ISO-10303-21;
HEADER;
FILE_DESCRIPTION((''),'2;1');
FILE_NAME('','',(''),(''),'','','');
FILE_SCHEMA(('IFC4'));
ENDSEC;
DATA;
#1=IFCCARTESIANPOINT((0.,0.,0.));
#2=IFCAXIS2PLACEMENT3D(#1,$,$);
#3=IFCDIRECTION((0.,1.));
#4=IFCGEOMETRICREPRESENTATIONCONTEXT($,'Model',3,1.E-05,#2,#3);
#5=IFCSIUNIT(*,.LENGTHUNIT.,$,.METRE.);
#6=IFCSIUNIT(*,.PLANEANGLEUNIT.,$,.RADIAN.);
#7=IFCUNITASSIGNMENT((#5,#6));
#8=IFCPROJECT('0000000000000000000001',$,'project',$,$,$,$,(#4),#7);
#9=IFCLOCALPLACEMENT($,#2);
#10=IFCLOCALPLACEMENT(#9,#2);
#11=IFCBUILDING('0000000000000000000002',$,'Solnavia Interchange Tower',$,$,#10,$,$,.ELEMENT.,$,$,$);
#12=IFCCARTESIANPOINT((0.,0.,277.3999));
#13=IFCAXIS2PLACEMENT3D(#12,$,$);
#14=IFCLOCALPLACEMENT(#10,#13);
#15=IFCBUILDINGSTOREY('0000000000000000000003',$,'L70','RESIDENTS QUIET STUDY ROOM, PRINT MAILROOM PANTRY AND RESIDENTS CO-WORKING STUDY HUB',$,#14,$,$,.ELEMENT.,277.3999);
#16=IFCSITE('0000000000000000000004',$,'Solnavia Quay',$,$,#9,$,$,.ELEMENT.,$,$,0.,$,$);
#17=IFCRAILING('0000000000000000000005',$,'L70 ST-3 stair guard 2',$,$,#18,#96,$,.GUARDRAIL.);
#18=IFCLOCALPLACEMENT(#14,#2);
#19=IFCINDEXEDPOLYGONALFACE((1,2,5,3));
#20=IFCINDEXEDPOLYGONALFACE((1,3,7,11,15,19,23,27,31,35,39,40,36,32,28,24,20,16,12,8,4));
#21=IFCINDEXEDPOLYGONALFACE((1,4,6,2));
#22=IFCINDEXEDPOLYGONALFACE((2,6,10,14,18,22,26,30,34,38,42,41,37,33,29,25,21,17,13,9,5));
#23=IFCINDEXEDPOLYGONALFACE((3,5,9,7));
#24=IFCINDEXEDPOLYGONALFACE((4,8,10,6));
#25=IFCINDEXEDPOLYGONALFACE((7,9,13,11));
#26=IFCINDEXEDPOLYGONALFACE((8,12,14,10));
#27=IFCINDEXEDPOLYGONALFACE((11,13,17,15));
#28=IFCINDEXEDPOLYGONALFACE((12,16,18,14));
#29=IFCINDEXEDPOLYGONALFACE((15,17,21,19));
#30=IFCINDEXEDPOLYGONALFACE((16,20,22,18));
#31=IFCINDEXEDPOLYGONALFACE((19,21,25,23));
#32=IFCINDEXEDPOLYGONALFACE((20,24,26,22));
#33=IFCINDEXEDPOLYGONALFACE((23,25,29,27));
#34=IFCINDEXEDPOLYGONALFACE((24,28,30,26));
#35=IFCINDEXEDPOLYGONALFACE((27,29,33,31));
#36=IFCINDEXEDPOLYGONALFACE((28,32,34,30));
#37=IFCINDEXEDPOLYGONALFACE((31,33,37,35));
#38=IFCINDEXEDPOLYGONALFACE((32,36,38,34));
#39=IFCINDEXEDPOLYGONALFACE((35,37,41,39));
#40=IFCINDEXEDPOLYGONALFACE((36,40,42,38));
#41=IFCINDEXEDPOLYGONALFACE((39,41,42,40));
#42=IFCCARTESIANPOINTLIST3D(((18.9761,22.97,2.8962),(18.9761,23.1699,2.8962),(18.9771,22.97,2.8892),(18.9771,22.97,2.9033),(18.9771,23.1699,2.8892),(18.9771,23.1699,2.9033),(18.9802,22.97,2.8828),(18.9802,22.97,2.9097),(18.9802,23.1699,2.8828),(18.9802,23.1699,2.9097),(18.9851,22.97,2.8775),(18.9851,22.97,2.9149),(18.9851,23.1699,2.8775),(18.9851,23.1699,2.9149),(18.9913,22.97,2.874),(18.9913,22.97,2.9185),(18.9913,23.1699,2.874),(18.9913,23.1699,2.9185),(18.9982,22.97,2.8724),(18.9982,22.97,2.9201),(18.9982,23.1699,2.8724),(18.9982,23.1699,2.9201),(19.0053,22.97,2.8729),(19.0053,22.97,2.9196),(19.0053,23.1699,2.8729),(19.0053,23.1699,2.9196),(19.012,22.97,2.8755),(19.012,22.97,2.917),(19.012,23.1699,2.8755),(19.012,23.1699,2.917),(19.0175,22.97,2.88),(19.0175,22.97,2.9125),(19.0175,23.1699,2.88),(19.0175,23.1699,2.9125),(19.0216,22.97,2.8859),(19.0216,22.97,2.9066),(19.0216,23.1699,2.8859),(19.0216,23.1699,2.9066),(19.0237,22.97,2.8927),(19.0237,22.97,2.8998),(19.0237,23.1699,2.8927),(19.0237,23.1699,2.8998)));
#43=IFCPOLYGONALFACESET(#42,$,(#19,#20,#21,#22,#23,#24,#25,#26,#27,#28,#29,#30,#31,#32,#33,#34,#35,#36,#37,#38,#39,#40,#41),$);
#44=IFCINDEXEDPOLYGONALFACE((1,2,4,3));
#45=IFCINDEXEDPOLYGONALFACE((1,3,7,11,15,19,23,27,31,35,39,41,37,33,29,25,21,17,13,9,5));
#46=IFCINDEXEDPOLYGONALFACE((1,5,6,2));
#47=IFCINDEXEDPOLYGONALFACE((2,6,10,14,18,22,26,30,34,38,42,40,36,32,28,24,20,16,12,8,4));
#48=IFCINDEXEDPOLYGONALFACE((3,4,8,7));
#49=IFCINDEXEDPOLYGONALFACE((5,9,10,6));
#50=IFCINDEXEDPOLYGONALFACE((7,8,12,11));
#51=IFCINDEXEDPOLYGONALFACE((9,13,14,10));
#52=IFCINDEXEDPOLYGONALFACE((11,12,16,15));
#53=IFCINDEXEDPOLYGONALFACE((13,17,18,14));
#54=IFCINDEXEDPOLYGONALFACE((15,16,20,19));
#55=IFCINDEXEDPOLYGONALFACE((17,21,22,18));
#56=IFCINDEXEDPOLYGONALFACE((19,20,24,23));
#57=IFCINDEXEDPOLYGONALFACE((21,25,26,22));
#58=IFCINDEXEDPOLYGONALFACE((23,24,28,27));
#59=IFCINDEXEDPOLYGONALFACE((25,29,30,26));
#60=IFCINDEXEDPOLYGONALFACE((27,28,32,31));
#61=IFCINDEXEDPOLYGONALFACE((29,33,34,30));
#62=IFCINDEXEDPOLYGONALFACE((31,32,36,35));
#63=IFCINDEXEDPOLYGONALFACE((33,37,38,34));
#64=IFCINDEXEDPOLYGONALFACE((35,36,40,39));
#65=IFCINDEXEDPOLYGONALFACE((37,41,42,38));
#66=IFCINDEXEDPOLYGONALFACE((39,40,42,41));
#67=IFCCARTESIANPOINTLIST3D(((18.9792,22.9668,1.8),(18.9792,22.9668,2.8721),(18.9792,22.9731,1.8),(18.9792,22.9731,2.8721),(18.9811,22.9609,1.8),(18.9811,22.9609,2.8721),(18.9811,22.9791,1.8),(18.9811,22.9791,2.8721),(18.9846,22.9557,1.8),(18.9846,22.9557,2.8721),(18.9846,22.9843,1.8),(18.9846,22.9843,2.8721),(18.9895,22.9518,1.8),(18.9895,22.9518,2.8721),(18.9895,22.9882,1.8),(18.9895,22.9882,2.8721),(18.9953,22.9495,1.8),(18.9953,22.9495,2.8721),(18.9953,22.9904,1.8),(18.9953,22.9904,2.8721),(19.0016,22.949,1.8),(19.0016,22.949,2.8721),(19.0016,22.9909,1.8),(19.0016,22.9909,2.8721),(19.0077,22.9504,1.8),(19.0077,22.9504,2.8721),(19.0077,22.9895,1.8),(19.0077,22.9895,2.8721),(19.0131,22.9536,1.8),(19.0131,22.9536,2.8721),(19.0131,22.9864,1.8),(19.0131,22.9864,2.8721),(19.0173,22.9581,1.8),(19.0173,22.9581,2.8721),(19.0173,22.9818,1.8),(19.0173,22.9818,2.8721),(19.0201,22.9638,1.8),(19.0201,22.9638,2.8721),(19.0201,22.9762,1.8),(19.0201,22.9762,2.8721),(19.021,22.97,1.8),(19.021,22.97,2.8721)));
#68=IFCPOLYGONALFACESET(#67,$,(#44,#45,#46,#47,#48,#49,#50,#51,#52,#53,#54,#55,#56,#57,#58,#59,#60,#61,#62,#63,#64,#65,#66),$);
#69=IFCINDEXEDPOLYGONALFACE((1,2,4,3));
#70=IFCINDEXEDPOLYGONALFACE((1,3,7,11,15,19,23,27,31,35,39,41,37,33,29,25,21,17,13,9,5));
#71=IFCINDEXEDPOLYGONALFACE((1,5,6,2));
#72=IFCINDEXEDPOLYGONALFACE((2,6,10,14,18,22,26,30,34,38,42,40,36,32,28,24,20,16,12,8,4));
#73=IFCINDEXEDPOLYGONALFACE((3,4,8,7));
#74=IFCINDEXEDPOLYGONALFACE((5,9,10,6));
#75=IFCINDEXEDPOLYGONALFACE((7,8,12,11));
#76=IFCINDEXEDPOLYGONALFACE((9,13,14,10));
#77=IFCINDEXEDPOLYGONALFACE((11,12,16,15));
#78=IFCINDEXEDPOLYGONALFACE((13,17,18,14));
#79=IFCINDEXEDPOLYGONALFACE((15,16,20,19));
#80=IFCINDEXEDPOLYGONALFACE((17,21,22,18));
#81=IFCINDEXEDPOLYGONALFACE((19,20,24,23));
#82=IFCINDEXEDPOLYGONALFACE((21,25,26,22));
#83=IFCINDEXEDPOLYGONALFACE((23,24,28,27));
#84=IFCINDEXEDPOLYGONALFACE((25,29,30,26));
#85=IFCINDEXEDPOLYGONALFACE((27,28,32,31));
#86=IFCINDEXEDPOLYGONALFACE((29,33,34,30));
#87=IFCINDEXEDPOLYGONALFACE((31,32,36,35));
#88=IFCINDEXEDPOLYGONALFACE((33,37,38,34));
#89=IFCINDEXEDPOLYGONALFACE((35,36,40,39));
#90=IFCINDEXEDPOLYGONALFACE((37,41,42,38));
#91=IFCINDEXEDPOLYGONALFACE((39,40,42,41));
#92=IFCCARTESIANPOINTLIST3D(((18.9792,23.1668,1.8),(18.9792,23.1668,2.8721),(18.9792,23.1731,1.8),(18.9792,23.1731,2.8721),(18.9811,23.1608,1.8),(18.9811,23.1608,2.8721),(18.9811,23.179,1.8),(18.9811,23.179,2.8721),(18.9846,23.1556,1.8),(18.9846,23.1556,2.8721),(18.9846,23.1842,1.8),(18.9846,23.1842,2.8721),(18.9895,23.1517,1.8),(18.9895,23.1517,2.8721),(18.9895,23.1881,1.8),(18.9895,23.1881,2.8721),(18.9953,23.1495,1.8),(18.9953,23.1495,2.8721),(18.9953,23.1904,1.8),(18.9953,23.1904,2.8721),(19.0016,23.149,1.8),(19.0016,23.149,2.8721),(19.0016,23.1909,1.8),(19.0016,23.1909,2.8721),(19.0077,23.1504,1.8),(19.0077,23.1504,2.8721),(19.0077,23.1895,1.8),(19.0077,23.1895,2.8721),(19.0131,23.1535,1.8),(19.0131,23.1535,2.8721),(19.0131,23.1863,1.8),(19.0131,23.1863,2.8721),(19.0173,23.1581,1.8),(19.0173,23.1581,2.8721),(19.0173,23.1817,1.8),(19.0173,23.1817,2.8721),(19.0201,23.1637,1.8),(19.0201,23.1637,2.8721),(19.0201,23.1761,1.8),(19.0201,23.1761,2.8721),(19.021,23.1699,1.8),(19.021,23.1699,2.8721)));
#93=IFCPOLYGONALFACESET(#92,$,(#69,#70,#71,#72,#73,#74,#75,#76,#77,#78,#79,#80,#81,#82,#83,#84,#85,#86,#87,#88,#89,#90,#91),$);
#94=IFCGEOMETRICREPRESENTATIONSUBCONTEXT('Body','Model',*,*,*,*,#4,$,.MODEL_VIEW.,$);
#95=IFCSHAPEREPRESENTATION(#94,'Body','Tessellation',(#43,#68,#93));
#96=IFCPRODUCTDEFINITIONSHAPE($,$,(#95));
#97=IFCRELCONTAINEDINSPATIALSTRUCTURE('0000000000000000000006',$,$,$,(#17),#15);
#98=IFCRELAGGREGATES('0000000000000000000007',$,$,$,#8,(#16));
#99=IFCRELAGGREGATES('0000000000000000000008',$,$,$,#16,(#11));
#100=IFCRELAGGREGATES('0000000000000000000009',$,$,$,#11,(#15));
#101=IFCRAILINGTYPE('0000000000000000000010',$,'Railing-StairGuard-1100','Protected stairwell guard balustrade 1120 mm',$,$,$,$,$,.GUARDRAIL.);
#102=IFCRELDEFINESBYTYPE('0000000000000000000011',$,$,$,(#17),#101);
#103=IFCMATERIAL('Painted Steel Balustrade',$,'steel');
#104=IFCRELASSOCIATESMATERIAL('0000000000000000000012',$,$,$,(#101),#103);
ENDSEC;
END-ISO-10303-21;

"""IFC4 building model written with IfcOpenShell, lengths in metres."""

from ifc_helpers import new_model, si_unit, direction, frame, origin, origin_2d, place, context, subcontext, project, spatial, circle, extrude, material, type_object, element, save


model = new_model("IFC4")

# Units and contexts
model_context = context("Model", 3, precision=1e-05, world=origin(), true_north=direction((0.0, 1.0)))
body_context = subcontext(model_context, "Body", "Model", "MODEL_VIEW")
ifc_project = project(units=[si_unit("LENGTHUNIT", "METRE"), si_unit("PLANEANGLEUNIT", "RADIAN")], contexts=[model_context])

# Site, building, storey
site_placement = place(None, origin())
site = spatial("IfcSite", under=ifc_project, at=site_placement, Name="Solnavia Quay", CompositionType="ELEMENT", RefElevation=0.0)
building_placement = place(site_placement, origin())
building = spatial("IfcBuilding", under=site, at=building_placement, Name="Solnavia Interchange Tower", CompositionType="ELEMENT")
storey_placement = place(building_placement, frame((0.0, 0.0, 277.3999)))
storey = spatial("IfcBuildingStorey", under=building, at=storey_placement, Name="L70", Description="RESIDENTS QUIET STUDY ROOM, PRINT MAILROOM PANTRY AND RESIDENTS CO-WORKING STUDY HUB", CompositionType="ELEMENT", Elevation=277.3999)

# Railing
ifc_material_1 = material(Name="Painted Steel Balustrade", Category="steel")
railing_type_1 = type_object("IfcRailingType", Name="Railing-StairGuard-1100", Description="Protected stairwell guard balustrade 1120 mm", PredefinedType="GUARDRAIL", material=ifc_material_1)
railing_1_placement = place(storey_placement, frame((19.0, 22.97, 1.8)))
element("IfcRailing", 1, at=railing_1_placement, inside=storey, type_object=railing_type_1, Name="L70 ST-3 stair guard 2", PredefinedType="GUARDRAIL", context=body_context, shape_type="SweptSolid", body=[
    extrude(circle(Radius=0.0239, at=origin_2d()), frame((0.0, 0.0, 1.0962), z_axis=(0.0, 1.0, 0.0), x_axis=(-1.0, 0.0, 0.0)), (0.0, 0.0, 1.0), 0.2),
    extrude(circle(Radius=0.021, at=origin_2d()), origin(), (0.0, 0.0, 1.0), 1.072),
    extrude(circle(Radius=0.021, at=origin_2d()), frame((0.0, 0.2, 0.0)), (0.0, 0.0, 1.0), 1.072),
])

save(model, "model.ifc")
